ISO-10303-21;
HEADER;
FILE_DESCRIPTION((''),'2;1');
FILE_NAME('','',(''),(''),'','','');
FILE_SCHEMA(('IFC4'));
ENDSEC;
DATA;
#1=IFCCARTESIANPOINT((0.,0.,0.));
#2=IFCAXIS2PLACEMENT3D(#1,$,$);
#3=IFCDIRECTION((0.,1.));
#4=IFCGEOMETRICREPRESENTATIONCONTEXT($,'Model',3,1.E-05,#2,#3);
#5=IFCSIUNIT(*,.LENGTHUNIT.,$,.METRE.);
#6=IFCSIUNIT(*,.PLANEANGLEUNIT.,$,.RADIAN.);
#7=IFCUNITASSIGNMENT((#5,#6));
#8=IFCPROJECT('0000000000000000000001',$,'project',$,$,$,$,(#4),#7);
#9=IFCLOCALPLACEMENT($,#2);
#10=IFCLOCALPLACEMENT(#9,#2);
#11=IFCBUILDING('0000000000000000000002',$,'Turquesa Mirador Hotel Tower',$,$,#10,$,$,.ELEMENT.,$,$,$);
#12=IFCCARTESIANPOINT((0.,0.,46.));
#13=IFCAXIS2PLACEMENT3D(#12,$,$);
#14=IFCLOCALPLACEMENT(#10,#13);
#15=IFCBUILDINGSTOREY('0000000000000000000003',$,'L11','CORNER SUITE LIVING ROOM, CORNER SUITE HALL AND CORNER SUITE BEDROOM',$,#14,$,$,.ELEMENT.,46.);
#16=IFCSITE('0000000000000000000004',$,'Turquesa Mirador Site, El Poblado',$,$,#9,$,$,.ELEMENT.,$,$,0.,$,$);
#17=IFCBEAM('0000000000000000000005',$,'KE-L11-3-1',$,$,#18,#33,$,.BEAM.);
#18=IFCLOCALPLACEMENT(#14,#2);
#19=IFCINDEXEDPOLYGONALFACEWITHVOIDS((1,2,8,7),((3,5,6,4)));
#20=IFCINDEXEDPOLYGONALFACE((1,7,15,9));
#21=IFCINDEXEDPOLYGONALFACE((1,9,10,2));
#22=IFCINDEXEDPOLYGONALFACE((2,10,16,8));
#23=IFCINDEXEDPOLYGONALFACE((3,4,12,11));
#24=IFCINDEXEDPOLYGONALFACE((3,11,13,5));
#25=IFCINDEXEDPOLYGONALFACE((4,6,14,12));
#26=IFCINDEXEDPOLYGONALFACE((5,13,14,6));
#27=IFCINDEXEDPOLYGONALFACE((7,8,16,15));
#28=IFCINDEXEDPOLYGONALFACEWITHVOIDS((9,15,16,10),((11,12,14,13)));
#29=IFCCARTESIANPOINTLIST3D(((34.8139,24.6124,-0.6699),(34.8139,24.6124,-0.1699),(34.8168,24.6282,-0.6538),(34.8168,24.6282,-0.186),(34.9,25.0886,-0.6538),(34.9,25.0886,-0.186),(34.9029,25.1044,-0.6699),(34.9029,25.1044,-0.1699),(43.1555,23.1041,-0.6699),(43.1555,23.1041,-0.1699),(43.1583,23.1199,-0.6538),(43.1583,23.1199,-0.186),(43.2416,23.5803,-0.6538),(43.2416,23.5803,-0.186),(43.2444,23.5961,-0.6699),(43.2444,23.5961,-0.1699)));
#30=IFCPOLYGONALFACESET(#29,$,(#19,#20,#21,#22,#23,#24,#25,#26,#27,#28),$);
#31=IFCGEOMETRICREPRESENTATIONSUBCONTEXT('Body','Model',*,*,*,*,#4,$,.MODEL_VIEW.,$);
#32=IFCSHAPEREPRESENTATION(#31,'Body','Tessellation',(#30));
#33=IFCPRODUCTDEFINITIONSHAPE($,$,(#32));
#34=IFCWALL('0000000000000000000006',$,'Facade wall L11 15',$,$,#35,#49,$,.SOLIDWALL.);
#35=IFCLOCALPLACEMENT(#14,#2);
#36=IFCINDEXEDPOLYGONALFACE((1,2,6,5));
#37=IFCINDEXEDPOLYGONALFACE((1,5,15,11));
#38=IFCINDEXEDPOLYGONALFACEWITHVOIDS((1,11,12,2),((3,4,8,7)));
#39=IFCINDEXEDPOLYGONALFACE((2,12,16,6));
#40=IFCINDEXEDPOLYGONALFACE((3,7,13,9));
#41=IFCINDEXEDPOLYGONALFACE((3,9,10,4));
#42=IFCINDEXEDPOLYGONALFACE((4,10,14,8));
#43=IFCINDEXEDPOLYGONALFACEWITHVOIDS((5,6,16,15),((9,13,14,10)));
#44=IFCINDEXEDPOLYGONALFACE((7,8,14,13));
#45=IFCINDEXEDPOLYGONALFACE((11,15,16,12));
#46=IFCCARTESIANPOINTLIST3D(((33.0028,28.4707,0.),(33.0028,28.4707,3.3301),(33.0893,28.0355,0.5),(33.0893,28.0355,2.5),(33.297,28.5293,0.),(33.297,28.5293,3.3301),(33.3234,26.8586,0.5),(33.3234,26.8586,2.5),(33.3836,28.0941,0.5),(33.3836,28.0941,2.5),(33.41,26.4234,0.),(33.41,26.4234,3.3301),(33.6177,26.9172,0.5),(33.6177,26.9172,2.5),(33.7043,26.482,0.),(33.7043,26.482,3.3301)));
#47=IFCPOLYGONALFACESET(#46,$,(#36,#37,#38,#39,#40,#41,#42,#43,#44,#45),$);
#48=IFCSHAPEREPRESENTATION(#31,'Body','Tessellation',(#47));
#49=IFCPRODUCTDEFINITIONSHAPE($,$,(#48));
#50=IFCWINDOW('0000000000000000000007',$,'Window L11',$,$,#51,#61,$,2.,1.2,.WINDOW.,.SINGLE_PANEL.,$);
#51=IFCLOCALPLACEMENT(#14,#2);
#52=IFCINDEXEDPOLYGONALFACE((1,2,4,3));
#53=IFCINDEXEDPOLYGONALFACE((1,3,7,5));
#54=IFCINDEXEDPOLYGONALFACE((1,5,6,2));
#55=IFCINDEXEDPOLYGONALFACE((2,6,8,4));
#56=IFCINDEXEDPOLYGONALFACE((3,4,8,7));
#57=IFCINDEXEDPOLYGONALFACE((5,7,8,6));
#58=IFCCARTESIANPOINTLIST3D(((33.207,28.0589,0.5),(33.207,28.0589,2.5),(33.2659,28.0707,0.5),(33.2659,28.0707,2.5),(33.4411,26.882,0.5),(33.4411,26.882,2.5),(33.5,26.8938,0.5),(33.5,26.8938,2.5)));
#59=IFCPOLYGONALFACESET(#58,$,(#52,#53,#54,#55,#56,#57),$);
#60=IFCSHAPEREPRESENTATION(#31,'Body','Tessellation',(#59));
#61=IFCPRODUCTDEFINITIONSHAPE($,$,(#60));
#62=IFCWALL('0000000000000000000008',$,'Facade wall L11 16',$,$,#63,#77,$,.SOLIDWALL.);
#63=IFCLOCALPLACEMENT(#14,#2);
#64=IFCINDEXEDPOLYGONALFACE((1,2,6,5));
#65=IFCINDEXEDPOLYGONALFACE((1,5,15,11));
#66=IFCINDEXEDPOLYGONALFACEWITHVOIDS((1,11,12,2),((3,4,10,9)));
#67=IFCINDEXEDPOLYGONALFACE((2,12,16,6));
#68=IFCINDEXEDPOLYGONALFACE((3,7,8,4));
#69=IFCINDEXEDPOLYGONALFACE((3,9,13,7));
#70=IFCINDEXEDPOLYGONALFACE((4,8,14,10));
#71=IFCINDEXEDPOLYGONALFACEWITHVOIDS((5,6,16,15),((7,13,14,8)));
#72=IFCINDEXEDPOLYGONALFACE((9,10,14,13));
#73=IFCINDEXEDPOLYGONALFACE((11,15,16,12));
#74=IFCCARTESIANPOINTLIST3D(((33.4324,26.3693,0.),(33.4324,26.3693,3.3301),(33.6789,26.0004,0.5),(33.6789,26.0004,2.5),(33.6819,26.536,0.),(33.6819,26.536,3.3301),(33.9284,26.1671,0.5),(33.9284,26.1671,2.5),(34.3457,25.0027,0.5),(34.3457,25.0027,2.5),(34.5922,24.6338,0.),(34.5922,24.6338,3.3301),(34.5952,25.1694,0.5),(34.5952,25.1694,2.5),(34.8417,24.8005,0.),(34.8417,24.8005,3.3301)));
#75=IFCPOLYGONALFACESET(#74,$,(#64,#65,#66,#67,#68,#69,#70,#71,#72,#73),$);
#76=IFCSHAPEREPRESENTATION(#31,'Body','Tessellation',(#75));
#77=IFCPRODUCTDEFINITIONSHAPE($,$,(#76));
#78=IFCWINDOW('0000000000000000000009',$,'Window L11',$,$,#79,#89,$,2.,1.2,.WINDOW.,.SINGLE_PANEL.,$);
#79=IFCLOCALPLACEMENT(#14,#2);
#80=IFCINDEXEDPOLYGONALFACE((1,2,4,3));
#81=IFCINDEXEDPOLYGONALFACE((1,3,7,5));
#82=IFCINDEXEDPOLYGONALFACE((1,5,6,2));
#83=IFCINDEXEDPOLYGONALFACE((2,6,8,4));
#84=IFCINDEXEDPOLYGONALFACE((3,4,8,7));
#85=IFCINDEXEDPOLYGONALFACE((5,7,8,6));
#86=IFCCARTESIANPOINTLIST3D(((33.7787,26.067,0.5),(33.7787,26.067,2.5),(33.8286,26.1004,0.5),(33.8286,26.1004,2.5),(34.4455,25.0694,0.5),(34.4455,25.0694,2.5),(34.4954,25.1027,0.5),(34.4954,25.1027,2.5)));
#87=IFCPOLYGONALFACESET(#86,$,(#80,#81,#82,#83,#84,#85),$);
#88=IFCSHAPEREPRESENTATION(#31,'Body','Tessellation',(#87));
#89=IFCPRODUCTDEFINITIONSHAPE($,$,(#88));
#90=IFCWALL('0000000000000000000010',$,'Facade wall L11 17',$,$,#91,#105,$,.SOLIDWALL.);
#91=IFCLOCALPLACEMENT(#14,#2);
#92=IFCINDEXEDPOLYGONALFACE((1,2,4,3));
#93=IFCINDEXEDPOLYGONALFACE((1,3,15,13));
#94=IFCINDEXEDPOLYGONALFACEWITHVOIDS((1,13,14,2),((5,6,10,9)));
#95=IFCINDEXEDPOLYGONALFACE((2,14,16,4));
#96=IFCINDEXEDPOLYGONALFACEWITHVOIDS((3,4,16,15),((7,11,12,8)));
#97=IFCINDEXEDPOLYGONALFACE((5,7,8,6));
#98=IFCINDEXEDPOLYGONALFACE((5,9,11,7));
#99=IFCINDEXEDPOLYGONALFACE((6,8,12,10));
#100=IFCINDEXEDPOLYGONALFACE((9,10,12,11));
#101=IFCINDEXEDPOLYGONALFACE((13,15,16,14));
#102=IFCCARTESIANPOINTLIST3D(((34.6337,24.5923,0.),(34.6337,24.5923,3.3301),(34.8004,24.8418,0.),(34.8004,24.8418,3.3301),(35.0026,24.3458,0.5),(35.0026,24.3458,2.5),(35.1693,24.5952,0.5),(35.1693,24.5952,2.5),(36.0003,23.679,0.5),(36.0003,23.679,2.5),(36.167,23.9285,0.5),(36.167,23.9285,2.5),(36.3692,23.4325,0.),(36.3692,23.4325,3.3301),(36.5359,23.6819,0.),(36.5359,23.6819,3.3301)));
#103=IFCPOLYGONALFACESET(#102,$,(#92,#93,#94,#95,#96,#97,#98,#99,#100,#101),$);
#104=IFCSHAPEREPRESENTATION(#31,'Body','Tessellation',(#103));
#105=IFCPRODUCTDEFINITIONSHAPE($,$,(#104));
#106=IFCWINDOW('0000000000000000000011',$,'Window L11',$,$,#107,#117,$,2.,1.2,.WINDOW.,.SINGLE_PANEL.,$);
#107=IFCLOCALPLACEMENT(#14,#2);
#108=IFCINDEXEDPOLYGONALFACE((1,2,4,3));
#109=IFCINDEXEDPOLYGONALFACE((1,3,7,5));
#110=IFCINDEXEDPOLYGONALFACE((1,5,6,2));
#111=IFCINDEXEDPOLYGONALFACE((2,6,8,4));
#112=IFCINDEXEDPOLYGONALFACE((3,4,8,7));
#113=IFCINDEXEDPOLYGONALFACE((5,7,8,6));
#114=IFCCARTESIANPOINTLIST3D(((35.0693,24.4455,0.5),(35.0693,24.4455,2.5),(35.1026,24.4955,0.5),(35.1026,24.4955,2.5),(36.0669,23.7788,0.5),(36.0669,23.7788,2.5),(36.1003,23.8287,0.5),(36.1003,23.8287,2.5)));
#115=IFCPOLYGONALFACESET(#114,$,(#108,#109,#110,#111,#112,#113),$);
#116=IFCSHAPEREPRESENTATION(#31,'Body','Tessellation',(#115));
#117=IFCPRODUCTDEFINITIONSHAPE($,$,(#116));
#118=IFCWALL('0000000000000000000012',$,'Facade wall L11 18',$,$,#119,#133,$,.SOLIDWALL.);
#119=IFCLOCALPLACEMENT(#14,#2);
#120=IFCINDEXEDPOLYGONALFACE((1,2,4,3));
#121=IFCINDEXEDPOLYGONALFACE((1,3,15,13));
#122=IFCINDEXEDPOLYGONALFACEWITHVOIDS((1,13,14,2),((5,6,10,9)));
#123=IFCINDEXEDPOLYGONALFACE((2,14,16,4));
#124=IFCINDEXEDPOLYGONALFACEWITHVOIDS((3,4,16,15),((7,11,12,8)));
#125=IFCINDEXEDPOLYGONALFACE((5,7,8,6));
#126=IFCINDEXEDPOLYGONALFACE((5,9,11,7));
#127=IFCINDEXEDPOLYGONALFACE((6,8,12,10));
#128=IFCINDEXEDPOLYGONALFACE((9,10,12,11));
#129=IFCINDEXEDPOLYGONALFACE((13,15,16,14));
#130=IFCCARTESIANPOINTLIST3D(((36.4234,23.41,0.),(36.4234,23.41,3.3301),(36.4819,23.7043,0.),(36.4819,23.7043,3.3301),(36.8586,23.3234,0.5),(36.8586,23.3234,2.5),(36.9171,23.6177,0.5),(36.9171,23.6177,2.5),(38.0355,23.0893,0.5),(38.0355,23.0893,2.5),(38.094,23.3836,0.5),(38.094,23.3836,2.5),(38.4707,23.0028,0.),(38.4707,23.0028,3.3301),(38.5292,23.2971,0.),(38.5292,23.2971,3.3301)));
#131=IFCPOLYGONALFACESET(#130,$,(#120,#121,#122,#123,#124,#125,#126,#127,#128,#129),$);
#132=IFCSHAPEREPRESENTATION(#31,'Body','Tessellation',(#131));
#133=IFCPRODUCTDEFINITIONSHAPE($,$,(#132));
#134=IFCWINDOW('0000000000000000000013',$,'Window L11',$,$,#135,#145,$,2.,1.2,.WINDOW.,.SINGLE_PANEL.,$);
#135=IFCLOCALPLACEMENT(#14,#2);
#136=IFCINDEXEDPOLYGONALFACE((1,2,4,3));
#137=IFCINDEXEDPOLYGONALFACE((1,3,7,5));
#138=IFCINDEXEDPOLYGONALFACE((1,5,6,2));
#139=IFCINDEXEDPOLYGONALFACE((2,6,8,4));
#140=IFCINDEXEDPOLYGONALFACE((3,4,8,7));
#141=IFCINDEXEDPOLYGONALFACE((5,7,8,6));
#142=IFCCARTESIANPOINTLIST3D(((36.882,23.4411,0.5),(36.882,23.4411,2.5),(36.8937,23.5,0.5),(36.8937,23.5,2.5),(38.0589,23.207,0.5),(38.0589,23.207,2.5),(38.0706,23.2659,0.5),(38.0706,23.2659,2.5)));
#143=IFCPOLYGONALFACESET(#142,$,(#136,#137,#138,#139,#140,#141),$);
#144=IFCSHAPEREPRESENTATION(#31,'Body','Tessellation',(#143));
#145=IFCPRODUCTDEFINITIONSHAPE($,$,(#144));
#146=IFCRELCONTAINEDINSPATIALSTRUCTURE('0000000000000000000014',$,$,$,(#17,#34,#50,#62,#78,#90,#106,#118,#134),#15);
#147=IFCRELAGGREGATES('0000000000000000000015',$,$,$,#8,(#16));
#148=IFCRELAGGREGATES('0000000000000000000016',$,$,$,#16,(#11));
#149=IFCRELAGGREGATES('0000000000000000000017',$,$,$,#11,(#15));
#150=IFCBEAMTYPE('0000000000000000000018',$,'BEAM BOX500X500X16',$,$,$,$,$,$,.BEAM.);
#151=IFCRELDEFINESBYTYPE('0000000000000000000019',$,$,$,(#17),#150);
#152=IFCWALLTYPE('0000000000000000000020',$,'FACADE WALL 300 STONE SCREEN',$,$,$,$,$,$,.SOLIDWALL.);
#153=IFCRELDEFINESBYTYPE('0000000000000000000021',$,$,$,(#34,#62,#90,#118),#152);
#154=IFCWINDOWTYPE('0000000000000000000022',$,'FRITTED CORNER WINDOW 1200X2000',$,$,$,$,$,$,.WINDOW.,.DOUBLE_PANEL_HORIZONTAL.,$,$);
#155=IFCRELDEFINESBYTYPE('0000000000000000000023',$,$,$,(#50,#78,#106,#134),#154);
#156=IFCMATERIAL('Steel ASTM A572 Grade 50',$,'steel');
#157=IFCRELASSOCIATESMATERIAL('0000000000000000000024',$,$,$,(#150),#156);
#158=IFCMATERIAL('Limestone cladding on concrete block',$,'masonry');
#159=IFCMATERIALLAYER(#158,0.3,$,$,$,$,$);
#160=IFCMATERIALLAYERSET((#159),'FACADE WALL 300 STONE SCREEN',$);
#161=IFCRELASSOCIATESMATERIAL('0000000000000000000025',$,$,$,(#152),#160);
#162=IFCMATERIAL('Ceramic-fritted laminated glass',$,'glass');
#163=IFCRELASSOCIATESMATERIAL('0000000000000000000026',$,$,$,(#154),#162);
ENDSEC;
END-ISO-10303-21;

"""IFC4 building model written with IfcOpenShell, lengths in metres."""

from ifc_helpers import new_model, si_unit, direction, frame, frame_2d, origin, origin_2d, place, context, subcontext, project, spatial, rectangle, hollow_rectangle, extrude, material, layer, layer_set, material_profile, profile_set, type_object, element, fill, save


model = new_model("IFC4")

# Units and contexts
model_context = context("Model", 3, precision=1e-05, world=origin(), true_north=direction((0.0, 1.0)))
body_context = subcontext(model_context, "Body", "Model", "MODEL_VIEW")
ifc_project = project(units=[si_unit("LENGTHUNIT", "METRE"), si_unit("PLANEANGLEUNIT", "RADIAN")], contexts=[model_context])

# Site, building, storey
site_placement = place(None, origin())
site = spatial("IfcSite", under=ifc_project, at=site_placement, Name="Turquesa Mirador Site, El Poblado", CompositionType="ELEMENT", RefElevation=0.0)
building_placement = place(site_placement, origin())
building = spatial("IfcBuilding", under=site, at=building_placement, Name="Turquesa Mirador Hotel Tower", CompositionType="ELEMENT")
storey_placement = place(building_placement, frame((0.0, 0.0, 46.0)))
storey = spatial("IfcBuildingStorey", under=building, at=storey_placement, Name="L11", Description="CORNER SUITE LIVING ROOM, CORNER SUITE HALL AND CORNER SUITE BEDROOM", CompositionType="ELEMENT", Elevation=46.0)

# Beam
ifc_material_1 = material(Name="Steel ASTM A572 Grade 50", Category="steel")
ifc_material_profile = material_profile(ifc_material_1, hollow_rectangle(XDim=0.5, YDim=0.5, WallThickness=0.0161, at=origin_2d()), Name="BOX500X500X16")
ifc_profile_set = profile_set([ifc_material_profile], Name="Steel ASTM A572 Grade 50")
beam_type = type_object("IfcBeamType", Name="BEAM BOX500X500X16", PredefinedType="BEAM", material=ifc_profile_set)
beam_placement = place(storey_placement, frame((34.8584, 24.8584, -0.4199), z_axis=(0.984043, -0.177932, 0.0), x_axis=(0.177932, 0.984043, 0.0)))
element("IfcBeam", 1, at=beam_placement, inside=storey, type_object=beam_type, Name="KE-L11-3-1", PredefinedType="BEAM", context=body_context, shape_type="SweptSolid", body=[
    extrude(hollow_rectangle(XDim=0.5, YDim=0.5, WallThickness=0.0161, at=origin_2d()), origin(), (0.0, 0.0, 1.0), 8.4768),
])

# Walls, openings, windows
ifc_material_2 = material(Name="Limestone cladding on concrete block", Category="masonry")
ifc_layer_1 = layer(ifc_material_2, 0.3)
ifc_layer_set_1 = layer_set([ifc_layer_1], Name="FACADE WALL 300 STONE SCREEN")
wall_type_1 = type_object("IfcWallType", Name="FACADE WALL 300 STONE SCREEN", PredefinedType="SOLIDWALL", material=ifc_layer_set_1)
wall_1_placement = place(storey_placement, frame((33.1499, 28.5, 0.0), z_axis=(0.0, 0.0, 1.0), x_axis=(0.195081, -0.980787, 0.0)))
wall_1 = element("IfcWall", 2, at=wall_1_placement, inside=storey, type_object=wall_type_1, Name="Facade wall L11 15", PredefinedType="SOLIDWALL", context=body_context, shape_type="SweptSolid", body=[
    extrude(rectangle(XDim=2.0874, YDim=0.3, at=frame_2d((1.0437, 0.0))), origin(), (0.0, 0.0, 1.0), 3.3301),
])
opening_1_placement = place(wall_1_placement, frame((0.4436, 0.0, 0.5)))
opening_1 = element("IfcOpeningElement", 3, at=opening_1_placement, cuts=wall_1, PredefinedType="OPENING", context=body_context, shape_type="SweptSolid", body=[
    extrude(rectangle(XDim=1.2, YDim=2.0, at=frame_2d((0.6001, 1.0))), frame((0.0, 0.1599, 0.0), z_axis=(0.0, -1.0, 0.0), x_axis=(1.0, 0.0, 0.0)), (0.0, 0.0, 1.0), 0.3201),
])
ifc_material_3 = material(Name="Ceramic-fritted laminated glass", Category="glass")
window_type_1 = type_object("IfcWindowType", Name="FRITTED CORNER WINDOW 1200X2000", PartitioningType="DOUBLE_PANEL_HORIZONTAL", PredefinedType="WINDOW", material=ifc_material_3)
window_1_placement = place(opening_1_placement, origin())
window_1 = element("IfcWindow", 4, at=window_1_placement, inside=storey, type_object=window_type_1, Name="Window L11", OverallHeight=2.0, OverallWidth=1.2, PartitioningType="SINGLE_PANEL", PredefinedType="WINDOW", context=body_context, shape_type="SweptSolid", body=[
    extrude(rectangle(XDim=1.2, YDim=2.0, at=frame_2d((0.6001, 1.0))), frame((0.0, 0.03, 0.0), z_axis=(0.0, -1.0, 0.0), x_axis=(1.0, 0.0, 0.0)), (0.0, 0.0, 1.0), 0.0601),
])
fill(opening_1, window_1)
wall_2_placement = place(storey_placement, frame((33.5571, 26.4526, 0.0), z_axis=(0.0, 0.0, 1.0), x_axis=(0.555644, -0.83142, 0.0)))
wall_2 = element("IfcWall", 5, at=wall_2_placement, inside=storey, type_object=wall_type_1, Name="Facade wall L11 16", PredefinedType="SOLIDWALL", context=body_context, shape_type="SweptSolid", body=[
    extrude(rectangle(XDim=2.0874, YDim=0.3, at=frame_2d((1.0437, 0.0))), origin(), (0.0, 0.0, 1.0), 3.3301),
])
opening_2_placement = place(wall_2_placement, frame((0.4436, 0.0, 0.5)))
opening_2 = element("IfcOpeningElement", 6, at=opening_2_placement, cuts=wall_2, PredefinedType="OPENING", context=body_context, shape_type="SweptSolid", body=[
    extrude(rectangle(XDim=1.2, YDim=2.0, at=frame_2d((0.6001, 1.0))), frame((0.0, 0.1599, 0.0), z_axis=(0.0, -1.0, 0.0), x_axis=(1.0, 0.0, 0.0)), (0.0, 0.0, 1.0), 0.3201),
])
window_2_placement = place(opening_2_placement, origin())
window_2 = element("IfcWindow", 7, at=window_2_placement, inside=storey, type_object=window_type_1, Name="Window L11", OverallHeight=2.0, OverallWidth=1.2, PartitioningType="SINGLE_PANEL", PredefinedType="WINDOW", context=body_context, shape_type="SweptSolid", body=[
    extrude(rectangle(XDim=1.2, YDim=2.0, at=frame_2d((0.6001, 1.0))), frame((0.0, 0.03, 0.0), z_axis=(0.0, -1.0, 0.0), x_axis=(1.0, 0.0, 0.0)), (0.0, 0.0, 1.0), 0.0601),
])
fill(opening_2, window_2)
wall_3_placement = place(storey_placement, frame((34.717, 24.717, 0.0), z_axis=(0.0, 0.0, 1.0), x_axis=(0.83142, -0.555644, 0.0)))
wall_3 = element("IfcWall", 8, at=wall_3_placement, inside=storey, type_object=wall_type_1, Name="Facade wall L11 17", PredefinedType="SOLIDWALL", context=body_context, shape_type="SweptSolid", body=[
    extrude(rectangle(XDim=2.0874, YDim=0.3, at=frame_2d((1.0437, 0.0))), origin(), (0.0, 0.0, 1.0), 3.3301),
])
opening_3_placement = place(wall_3_placement, frame((0.4436, 0.0, 0.5)))
opening_3 = element("IfcOpeningElement", 9, at=opening_3_placement, cuts=wall_3, PredefinedType="OPENING", context=body_context, shape_type="SweptSolid", body=[
    extrude(rectangle(XDim=1.2, YDim=2.0, at=frame_2d((0.6001, 1.0))), frame((0.0, 0.1599, 0.0), z_axis=(0.0, -1.0, 0.0), x_axis=(1.0, 0.0, 0.0)), (0.0, 0.0, 1.0), 0.3201),
])
window_3_placement = place(opening_3_placement, origin())
window_3 = element("IfcWindow", 10, at=window_3_placement, inside=storey, type_object=window_type_1, Name="Window L11", OverallHeight=2.0, OverallWidth=1.2, PartitioningType="SINGLE_PANEL", PredefinedType="WINDOW", context=body_context, shape_type="SweptSolid", body=[
    extrude(rectangle(XDim=1.2, YDim=2.0, at=frame_2d((0.6001, 1.0))), frame((0.0, 0.03, 0.0), z_axis=(0.0, -1.0, 0.0), x_axis=(1.0, 0.0, 0.0)), (0.0, 0.0, 1.0), 0.0601),
])
fill(opening_3, window_3)
wall_4_placement = place(storey_placement, frame((36.4526, 23.5571, 0.0), z_axis=(0.0, 0.0, 1.0), x_axis=(0.980787, -0.195081, 0.0)))
wall_4 = element("IfcWall", 11, at=wall_4_placement, inside=storey, type_object=wall_type_1, Name="Facade wall L11 18", PredefinedType="SOLIDWALL", context=body_context, shape_type="SweptSolid", body=[
    extrude(rectangle(XDim=2.0874, YDim=0.3, at=frame_2d((1.0437, 0.0))), origin(), (0.0, 0.0, 1.0), 3.3301),
])
opening_4_placement = place(wall_4_placement, frame((0.4436, 0.0, 0.5)))
opening_4 = element("IfcOpeningElement", 12, at=opening_4_placement, cuts=wall_4, PredefinedType="OPENING", context=body_context, shape_type="SweptSolid", body=[
    extrude(rectangle(XDim=1.2, YDim=2.0, at=frame_2d((0.6001, 1.0))), frame((0.0, 0.1599, 0.0), z_axis=(0.0, -1.0, 0.0), x_axis=(1.0, 0.0, 0.0)), (0.0, 0.0, 1.0), 0.3201),
])
window_4_placement = place(opening_4_placement, origin())
window_4 = element("IfcWindow", 13, at=window_4_placement, inside=storey, type_object=window_type_1, Name="Window L11", OverallHeight=2.0, OverallWidth=1.2, PartitioningType="SINGLE_PANEL", PredefinedType="WINDOW", context=body_context, shape_type="SweptSolid", body=[
    extrude(rectangle(XDim=1.2, YDim=2.0, at=frame_2d((0.6001, 1.0))), frame((0.0, 0.03, 0.0), z_axis=(0.0, -1.0, 0.0), x_axis=(1.0, 0.0, 0.0)), (0.0, 0.0, 1.0), 0.0601),
])
fill(opening_4, window_4)

save(model, "model.ifc")
